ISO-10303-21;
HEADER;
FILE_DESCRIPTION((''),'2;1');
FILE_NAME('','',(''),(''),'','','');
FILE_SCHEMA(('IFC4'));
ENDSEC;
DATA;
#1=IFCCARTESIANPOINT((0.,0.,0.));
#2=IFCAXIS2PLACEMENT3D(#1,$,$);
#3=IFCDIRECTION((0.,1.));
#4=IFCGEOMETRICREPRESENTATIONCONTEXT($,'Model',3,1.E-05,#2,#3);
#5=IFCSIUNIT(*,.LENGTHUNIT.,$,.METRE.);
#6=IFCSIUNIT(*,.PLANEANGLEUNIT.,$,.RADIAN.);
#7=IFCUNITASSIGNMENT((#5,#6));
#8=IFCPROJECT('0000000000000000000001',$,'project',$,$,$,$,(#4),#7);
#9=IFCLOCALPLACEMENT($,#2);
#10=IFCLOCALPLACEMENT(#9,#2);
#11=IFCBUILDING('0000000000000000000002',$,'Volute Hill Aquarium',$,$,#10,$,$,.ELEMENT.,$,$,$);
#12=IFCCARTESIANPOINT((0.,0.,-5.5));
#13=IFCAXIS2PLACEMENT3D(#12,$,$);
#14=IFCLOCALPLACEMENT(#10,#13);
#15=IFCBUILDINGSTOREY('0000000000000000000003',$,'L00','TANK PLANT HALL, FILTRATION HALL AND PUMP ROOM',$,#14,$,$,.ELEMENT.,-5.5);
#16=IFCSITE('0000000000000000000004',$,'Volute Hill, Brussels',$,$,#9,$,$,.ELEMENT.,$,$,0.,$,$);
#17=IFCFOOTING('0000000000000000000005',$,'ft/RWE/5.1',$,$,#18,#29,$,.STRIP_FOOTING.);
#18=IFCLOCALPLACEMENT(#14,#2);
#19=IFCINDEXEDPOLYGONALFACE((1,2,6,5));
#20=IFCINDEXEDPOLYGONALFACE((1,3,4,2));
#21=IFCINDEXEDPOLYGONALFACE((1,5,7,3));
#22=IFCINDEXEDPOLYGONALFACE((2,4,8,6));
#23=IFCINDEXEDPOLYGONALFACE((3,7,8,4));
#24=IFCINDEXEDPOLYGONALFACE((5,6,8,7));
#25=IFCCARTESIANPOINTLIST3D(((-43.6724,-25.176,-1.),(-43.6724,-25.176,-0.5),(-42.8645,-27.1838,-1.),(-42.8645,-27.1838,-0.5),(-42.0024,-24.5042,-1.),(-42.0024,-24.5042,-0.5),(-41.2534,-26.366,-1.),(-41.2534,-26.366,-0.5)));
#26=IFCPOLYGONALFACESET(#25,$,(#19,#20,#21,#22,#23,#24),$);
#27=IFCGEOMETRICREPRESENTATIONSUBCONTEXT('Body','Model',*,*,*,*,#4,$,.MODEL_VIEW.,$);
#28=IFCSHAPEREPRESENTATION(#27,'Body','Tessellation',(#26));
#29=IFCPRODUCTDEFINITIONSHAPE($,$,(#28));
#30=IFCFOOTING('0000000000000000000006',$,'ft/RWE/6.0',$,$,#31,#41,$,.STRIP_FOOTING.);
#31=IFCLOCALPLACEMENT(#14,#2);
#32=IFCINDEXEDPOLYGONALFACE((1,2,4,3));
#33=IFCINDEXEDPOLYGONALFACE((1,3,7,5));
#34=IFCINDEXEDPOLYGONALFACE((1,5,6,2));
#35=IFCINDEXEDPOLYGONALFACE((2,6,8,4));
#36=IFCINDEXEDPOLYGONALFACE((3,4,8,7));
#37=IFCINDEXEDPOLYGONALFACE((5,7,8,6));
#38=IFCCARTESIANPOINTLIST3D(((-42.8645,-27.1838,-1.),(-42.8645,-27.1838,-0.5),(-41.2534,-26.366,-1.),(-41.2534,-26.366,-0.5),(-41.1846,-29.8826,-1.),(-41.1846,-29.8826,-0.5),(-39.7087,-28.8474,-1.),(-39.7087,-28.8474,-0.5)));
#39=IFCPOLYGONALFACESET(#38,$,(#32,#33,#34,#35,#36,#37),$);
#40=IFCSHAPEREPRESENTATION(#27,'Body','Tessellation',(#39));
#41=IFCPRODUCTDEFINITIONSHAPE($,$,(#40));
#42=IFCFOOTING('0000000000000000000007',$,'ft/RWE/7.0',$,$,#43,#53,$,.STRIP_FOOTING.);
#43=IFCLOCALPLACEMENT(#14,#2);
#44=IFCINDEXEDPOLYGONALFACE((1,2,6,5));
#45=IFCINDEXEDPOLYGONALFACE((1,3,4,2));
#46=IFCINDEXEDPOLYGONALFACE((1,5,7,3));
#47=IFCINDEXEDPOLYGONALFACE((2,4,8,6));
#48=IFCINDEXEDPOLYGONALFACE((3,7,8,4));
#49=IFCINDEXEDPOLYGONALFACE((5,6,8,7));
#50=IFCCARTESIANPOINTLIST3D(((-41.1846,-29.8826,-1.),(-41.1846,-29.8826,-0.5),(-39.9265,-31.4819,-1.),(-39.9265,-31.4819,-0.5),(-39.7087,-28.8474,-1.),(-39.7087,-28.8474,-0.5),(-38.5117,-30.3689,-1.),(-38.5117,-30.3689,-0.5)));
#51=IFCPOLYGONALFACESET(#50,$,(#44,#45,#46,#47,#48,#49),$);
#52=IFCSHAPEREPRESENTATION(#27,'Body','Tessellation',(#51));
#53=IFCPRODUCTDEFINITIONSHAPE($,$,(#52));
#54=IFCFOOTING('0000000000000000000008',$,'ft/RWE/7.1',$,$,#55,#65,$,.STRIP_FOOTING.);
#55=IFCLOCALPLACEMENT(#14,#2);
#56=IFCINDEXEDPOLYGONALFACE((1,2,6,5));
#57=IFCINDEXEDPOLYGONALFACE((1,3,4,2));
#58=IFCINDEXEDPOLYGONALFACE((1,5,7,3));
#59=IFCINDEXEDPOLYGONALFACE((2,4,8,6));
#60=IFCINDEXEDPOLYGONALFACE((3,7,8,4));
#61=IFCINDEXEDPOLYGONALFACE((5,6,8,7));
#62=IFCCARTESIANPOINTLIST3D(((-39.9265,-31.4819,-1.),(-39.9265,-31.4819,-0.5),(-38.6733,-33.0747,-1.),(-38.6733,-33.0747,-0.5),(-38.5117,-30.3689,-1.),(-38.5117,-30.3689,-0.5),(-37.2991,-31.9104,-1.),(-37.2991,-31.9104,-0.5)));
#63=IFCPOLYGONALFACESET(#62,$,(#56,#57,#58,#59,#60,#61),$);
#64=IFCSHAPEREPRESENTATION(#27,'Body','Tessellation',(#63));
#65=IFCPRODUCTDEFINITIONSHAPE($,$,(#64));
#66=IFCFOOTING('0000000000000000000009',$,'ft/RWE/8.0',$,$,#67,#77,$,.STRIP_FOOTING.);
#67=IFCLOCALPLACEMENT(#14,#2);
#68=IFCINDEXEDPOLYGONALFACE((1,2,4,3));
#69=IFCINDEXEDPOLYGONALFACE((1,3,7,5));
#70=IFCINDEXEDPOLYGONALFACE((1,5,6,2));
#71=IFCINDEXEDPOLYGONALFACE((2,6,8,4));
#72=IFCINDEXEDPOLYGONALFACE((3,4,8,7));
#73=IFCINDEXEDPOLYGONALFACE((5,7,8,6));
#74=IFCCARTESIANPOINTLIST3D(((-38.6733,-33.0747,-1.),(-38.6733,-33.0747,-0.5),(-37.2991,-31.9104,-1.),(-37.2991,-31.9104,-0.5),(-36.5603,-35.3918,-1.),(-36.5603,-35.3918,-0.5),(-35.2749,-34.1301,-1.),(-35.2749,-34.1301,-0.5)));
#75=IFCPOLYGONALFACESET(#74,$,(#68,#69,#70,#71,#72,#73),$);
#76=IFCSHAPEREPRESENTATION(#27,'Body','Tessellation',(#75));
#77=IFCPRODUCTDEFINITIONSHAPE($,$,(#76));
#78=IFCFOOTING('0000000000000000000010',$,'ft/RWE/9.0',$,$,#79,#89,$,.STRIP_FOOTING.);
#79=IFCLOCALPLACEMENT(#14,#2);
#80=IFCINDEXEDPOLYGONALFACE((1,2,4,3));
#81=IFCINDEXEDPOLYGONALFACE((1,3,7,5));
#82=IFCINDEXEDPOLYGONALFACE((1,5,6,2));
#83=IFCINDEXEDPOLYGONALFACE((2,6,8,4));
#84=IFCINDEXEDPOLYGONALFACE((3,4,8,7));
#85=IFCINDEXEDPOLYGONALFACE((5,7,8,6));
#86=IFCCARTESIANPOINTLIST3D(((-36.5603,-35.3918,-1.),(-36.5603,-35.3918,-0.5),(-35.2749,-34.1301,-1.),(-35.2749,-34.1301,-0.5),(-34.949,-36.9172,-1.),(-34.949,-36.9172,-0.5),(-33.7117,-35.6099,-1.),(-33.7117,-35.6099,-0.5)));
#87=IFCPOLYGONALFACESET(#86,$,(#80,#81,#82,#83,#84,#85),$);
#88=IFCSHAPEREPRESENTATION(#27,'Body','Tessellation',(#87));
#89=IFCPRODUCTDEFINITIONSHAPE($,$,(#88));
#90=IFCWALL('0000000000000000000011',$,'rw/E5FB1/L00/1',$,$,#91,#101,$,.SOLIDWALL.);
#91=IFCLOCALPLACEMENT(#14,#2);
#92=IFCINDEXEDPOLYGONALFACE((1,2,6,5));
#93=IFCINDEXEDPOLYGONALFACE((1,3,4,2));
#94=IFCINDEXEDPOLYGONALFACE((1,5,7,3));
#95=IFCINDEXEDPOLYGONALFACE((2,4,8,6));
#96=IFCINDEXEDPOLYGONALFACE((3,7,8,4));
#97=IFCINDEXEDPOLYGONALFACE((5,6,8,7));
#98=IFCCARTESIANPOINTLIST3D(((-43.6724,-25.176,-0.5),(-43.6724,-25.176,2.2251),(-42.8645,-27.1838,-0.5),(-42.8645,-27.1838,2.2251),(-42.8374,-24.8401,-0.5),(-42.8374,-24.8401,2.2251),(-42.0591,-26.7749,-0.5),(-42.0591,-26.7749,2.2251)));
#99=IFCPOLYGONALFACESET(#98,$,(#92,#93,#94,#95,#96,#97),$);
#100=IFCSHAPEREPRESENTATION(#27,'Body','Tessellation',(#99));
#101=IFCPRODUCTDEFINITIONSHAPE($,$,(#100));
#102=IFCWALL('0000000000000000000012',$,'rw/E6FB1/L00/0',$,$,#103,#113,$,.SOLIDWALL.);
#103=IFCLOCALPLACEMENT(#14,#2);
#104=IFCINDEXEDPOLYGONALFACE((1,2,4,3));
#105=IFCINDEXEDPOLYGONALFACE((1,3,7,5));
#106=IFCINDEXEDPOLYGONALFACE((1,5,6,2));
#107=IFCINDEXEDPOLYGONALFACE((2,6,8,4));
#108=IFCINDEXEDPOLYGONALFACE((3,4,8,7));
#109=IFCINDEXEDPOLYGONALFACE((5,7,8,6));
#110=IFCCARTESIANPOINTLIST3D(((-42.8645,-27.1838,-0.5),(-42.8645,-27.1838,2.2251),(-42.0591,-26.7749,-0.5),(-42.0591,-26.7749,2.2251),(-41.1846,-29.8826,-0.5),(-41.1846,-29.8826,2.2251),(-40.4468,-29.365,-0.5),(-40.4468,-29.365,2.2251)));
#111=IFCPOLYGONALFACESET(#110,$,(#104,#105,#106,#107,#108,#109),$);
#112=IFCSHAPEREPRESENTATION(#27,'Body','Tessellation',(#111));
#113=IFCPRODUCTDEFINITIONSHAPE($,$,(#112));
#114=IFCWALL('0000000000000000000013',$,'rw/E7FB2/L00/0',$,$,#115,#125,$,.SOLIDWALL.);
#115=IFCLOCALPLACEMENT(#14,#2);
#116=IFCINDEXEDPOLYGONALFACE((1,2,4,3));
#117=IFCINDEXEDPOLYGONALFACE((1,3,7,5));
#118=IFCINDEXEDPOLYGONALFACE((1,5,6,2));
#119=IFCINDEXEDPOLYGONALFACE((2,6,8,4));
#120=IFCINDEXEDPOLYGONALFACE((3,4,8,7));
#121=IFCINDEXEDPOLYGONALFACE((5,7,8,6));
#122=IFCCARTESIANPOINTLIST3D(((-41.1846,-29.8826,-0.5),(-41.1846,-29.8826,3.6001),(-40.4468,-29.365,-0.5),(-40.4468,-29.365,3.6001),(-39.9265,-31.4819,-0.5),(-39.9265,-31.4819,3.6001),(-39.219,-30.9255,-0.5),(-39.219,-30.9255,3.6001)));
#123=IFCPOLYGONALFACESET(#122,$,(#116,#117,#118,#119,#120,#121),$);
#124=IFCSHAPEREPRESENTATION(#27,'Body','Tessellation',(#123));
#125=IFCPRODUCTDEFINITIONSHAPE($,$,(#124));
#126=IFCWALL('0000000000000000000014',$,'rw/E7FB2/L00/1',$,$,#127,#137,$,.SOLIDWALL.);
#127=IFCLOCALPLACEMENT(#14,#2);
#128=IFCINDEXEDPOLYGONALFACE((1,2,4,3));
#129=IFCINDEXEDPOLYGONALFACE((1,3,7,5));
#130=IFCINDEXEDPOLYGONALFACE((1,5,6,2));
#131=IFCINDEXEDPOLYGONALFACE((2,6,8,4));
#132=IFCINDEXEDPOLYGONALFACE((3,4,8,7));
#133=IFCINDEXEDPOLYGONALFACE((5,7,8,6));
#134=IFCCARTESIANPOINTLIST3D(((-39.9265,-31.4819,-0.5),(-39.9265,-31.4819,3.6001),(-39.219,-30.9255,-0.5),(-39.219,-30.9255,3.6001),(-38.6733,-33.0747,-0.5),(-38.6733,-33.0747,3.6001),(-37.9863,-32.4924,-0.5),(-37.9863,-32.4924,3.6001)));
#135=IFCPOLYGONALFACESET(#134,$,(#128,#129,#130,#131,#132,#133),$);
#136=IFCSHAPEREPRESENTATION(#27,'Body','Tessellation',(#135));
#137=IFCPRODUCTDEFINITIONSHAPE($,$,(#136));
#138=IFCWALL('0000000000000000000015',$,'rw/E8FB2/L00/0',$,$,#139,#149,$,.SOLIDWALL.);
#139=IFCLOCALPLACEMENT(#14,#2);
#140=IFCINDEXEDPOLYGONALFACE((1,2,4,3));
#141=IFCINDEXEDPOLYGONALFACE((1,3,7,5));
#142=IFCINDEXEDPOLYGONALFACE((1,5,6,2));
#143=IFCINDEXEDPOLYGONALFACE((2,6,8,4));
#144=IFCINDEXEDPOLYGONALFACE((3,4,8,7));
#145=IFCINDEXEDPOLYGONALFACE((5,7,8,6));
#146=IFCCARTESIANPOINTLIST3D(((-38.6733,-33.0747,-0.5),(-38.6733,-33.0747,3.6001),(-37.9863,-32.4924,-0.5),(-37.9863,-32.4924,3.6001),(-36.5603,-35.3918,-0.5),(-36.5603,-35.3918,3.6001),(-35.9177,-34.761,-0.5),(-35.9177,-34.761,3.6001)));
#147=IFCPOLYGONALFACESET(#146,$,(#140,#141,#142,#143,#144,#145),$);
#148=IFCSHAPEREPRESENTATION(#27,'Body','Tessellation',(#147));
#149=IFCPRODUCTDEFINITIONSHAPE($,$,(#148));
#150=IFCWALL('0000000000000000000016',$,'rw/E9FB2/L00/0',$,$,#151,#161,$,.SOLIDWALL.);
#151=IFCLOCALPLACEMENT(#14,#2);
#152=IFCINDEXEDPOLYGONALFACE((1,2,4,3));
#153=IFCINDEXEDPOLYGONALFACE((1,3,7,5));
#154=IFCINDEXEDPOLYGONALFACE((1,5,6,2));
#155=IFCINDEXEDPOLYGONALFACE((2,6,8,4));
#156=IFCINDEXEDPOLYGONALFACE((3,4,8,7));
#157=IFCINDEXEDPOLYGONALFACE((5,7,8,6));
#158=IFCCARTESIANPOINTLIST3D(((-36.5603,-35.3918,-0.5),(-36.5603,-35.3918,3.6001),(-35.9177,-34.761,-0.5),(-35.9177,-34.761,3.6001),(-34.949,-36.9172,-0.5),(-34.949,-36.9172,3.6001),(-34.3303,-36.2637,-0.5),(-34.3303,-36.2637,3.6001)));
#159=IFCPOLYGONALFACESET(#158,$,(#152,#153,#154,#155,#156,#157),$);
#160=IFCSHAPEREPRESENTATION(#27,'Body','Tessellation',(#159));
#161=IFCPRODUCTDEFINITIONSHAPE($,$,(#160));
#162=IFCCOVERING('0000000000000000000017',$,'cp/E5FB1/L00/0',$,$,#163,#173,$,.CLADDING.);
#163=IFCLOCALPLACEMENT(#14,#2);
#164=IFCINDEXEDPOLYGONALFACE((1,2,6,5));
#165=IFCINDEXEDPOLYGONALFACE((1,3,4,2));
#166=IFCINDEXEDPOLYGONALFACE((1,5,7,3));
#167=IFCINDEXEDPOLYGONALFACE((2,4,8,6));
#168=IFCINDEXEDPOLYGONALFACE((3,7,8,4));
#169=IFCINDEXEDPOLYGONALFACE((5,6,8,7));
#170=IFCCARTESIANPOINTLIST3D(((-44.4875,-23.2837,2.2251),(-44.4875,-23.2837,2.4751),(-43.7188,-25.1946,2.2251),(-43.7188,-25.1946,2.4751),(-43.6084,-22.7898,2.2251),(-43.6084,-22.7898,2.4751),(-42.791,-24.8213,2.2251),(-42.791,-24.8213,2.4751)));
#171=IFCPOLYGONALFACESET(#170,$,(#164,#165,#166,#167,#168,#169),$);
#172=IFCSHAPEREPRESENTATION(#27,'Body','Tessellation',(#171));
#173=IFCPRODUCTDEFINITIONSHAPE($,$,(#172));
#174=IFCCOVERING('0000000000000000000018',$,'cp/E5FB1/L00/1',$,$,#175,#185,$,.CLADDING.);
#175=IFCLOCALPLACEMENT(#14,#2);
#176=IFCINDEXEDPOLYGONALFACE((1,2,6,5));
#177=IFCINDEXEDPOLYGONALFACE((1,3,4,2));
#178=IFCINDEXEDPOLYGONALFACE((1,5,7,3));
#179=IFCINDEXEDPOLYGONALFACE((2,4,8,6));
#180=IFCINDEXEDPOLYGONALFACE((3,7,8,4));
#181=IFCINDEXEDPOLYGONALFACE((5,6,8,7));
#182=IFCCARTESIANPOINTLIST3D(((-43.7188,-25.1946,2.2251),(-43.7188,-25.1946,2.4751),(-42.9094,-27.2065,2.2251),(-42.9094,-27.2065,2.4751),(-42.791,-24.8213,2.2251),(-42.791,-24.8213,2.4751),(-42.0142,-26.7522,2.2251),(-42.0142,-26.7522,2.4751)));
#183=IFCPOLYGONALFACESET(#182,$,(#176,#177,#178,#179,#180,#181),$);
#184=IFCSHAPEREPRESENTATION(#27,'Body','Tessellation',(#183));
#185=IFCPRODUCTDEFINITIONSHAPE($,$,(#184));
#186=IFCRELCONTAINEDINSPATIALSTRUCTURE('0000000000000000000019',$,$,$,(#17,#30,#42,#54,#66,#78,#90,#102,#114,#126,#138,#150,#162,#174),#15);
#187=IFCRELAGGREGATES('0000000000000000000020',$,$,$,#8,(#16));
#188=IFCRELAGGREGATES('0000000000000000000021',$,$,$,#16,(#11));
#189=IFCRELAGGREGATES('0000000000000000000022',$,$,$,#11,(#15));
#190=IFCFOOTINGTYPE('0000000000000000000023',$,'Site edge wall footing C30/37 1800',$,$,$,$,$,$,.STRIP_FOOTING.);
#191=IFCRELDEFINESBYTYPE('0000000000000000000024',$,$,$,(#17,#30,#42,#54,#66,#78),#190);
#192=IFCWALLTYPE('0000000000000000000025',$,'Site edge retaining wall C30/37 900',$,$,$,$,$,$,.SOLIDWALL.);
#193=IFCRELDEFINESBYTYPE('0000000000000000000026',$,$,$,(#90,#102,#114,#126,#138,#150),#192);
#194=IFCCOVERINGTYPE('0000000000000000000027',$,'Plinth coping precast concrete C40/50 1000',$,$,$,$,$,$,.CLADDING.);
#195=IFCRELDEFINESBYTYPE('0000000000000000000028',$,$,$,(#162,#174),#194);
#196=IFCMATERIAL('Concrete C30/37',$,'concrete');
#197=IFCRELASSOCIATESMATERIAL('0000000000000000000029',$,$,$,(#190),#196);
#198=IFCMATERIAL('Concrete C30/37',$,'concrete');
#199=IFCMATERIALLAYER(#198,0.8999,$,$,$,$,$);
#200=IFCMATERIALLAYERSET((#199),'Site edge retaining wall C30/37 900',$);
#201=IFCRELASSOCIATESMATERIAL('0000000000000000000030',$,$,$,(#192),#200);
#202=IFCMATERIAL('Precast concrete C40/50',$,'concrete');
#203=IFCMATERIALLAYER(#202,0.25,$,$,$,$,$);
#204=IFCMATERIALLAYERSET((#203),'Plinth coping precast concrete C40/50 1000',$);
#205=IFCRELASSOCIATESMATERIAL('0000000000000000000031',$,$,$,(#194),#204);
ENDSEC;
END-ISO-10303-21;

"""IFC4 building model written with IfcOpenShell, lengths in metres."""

from ifc_helpers import new_model, si_unit, direction, frame, origin, place, context, subcontext, project, spatial, polyline, outline, extrude, material, layer, layer_set, type_object, element, save


model = new_model("IFC4")

# Units and contexts
model_context = context("Model", 3, precision=1e-05, world=origin(), true_north=direction((0.0, 1.0)))
body_context = subcontext(model_context, "Body", "Model", "MODEL_VIEW")
ifc_project = project(units=[si_unit("LENGTHUNIT", "METRE"), si_unit("PLANEANGLEUNIT", "RADIAN")], contexts=[model_context])

# Site, building, storey
site_placement = place(None, origin())
site = spatial("IfcSite", under=ifc_project, at=site_placement, Name="Volute Hill, Brussels", CompositionType="ELEMENT", RefElevation=0.0)
building_placement = place(site_placement, origin())
building = spatial("IfcBuilding", under=site, at=building_placement, Name="Volute Hill Aquarium", CompositionType="ELEMENT")
storey_placement = place(building_placement, frame((0.0, 0.0, -5.5)))
storey = spatial("IfcBuildingStorey", under=building, at=storey_placement, Name="L00", Description="TANK PLANT HALL, FILTRATION HALL AND PUMP ROOM", CompositionType="ELEMENT", Elevation=-5.5)

# Footings
ifc_material_1 = material(Name="Concrete C30/37", Category="concrete")
footing_type = type_object("IfcFootingType", Name="Site edge wall footing C30/37 1800", PredefinedType="STRIP_FOOTING", material=ifc_material_1)
footing_1_placement = place(storey_placement, frame((0.0, 0.0, -1.0)))
element("IfcFooting", 1, at=footing_1_placement, inside=storey, type_object=footing_type, Name="ft/RWE/5.1", PredefinedType="STRIP_FOOTING", context=body_context, shape_type="SweptSolid", body=[
    extrude(outline(polyline([(-43.6724, -25.176), (-42.8645, -27.1838), (-41.2534, -26.366), (-42.0024, -24.5042), (-43.6724, -25.176)])), origin(), (0.0, 0.0, 1.0), 0.5),
])
footing_2_placement = place(storey_placement, frame((0.0, 0.0, -1.0)))
element("IfcFooting", 2, at=footing_2_placement, inside=storey, type_object=footing_type, Name="ft/RWE/6.0", PredefinedType="STRIP_FOOTING", context=body_context, shape_type="SweptSolid", body=[
    extrude(outline(polyline([(-41.1846, -29.8826), (-41.1846, -29.8826), (-39.7087, -28.8474), (-39.7087, -28.8474), (-41.2534, -26.366), (-41.2534, -26.366), (-42.8645, -27.1838), (-42.8645, -27.1838), (-41.1846, -29.8826)])), origin(), (0.0, 0.0, 1.0), 0.5),
])
footing_3_placement = place(storey_placement, frame((0.0, 0.0, -1.0)))
element("IfcFooting", 3, at=footing_3_placement, inside=storey, type_object=footing_type, Name="ft/RWE/7.0", PredefinedType="STRIP_FOOTING", context=body_context, shape_type="SweptSolid", body=[
    extrude(outline(polyline([(-41.1846, -29.8826), (-39.9265, -31.4819), (-38.5117, -30.3689), (-39.7087, -28.8474), (-41.1846, -29.8826)])), origin(), (0.0, 0.0, 1.0), 0.5),
])
footing_4_placement = place(storey_placement, frame((0.0, 0.0, -1.0)))
element("IfcFooting", 4, at=footing_4_placement, inside=storey, type_object=footing_type, Name="ft/RWE/7.1", PredefinedType="STRIP_FOOTING", context=body_context, shape_type="SweptSolid", body=[
    extrude(outline(polyline([(-38.6733, -33.0747), (-38.6733, -33.0747), (-37.2991, -31.9104), (-37.2991, -31.9104), (-38.5117, -30.3689), (-39.9265, -31.4819), (-38.6733, -33.0747)])), origin(), (0.0, 0.0, 1.0), 0.5),
])
footing_5_placement = place(storey_placement, frame((0.0, 0.0, -1.0)))
element("IfcFooting", 5, at=footing_5_placement, inside=storey, type_object=footing_type, Name="ft/RWE/8.0", PredefinedType="STRIP_FOOTING", context=body_context, shape_type="SweptSolid", body=[
    extrude(outline(polyline([(-38.6733, -33.0747), (-36.5603, -35.3918), (-35.2749, -34.1301), (-37.2991, -31.9104), (-38.6733, -33.0747)])), origin(), (0.0, 0.0, 1.0), 0.5),
])
footing_6_placement = place(storey_placement, frame((0.0, 0.0, -1.0)))
element("IfcFooting", 6, at=footing_6_placement, inside=storey, type_object=footing_type, Name="ft/RWE/9.0", PredefinedType="STRIP_FOOTING", context=body_context, shape_type="SweptSolid", body=[
    extrude(outline(polyline([(-36.5603, -35.3918), (-34.949, -36.9172), (-33.7117, -35.6099), (-35.2749, -34.1301), (-35.2749, -34.1301), (-36.5603, -35.3918), (-36.5603, -35.3918)])), origin(), (0.0, 0.0, 1.0), 0.5),
])

# Walls
ifc_material_2 = material(Name="Concrete C30/37", Category="concrete")
ifc_layer_1 = layer(ifc_material_2, 0.8999)
ifc_layer_set_1 = layer_set([ifc_layer_1], Name="Site edge retaining wall C30/37 900")
wall_type = type_object("IfcWallType", Name="Site edge retaining wall C30/37 900", PredefinedType="SOLIDWALL", material=ifc_layer_set_1)
wall_1_placement = place(storey_placement, frame((0.0, 0.0, -0.5)))
element("IfcWall", 7, at=wall_1_placement, inside=storey, type_object=wall_type, Name="rw/E5FB1/L00/1", PredefinedType="SOLIDWALL", context=body_context, shape_type="SweptSolid", body=[
    extrude(outline(polyline([(-43.6724, -25.176), (-42.8645, -27.1838), (-42.0591, -26.7749), (-42.8374, -24.8401), (-43.6724, -25.176)])), origin(), (0.0, 0.0, 1.0), 2.7251),
])
wall_2_placement = place(storey_placement, frame((0.0, 0.0, -0.5)))
element("IfcWall", 8, at=wall_2_placement, inside=storey, type_object=wall_type, Name="rw/E6FB1/L00/0", PredefinedType="SOLIDWALL", context=body_context, shape_type="SweptSolid", body=[
    extrude(outline(polyline([(-41.1846, -29.8826), (-41.1846, -29.8826), (-40.4468, -29.365), (-42.0591, -26.7749), (-42.0591, -26.7749), (-42.8645, -27.1838), (-42.8645, -27.1838), (-41.1846, -29.8826)])), origin(), (0.0, 0.0, 1.0), 2.7251),
])
wall_3_placement = place(storey_placement, frame((0.0, 0.0, -0.5)))
element("IfcWall", 9, at=wall_3_placement, inside=storey, type_object=wall_type, Name="rw/E7FB2/L00/0", PredefinedType="SOLIDWALL", context=body_context, shape_type="SweptSolid", body=[
    extrude(outline(polyline([(-41.1846, -29.8826), (-39.9265, -31.4819), (-39.219, -30.9255), (-40.4468, -29.365), (-40.4468, -29.365), (-41.1846, -29.8826)])), origin(), (0.0, 0.0, 1.0), 4.1001),
])
wall_4_placement = place(storey_placement, frame((0.0, 0.0, -0.5)))
element("IfcWall", 10, at=wall_4_placement, inside=storey, type_object=wall_type, Name="rw/E7FB2/L00/1", PredefinedType="SOLIDWALL", context=body_context, shape_type="SweptSolid", body=[
    extrude(outline(polyline([(-38.6733, -33.0747), (-38.6733, -33.0747), (-37.9863, -32.4924), (-39.219, -30.9255), (-39.9265, -31.4819), (-38.6733, -33.0747)])), origin(), (0.0, 0.0, 1.0), 4.1001),
])
wall_5_placement = place(storey_placement, frame((0.0, 0.0, -0.5)))
element("IfcWall", 11, at=wall_5_placement, inside=storey, type_object=wall_type, Name="rw/E8FB2/L00/0", PredefinedType="SOLIDWALL", context=body_context, shape_type="SweptSolid", body=[
    extrude(outline(polyline([(-38.6733, -33.0747), (-36.5603, -35.3918), (-35.9177, -34.761), (-35.9177, -34.761), (-37.9863, -32.4924), (-38.6733, -33.0747)])), origin(), (0.0, 0.0, 1.0), 4.1001),
])
wall_6_placement = place(storey_placement, frame((0.0, 0.0, -0.5)))
element("IfcWall", 12, at=wall_6_placement, inside=storey, type_object=wall_type, Name="rw/E9FB2/L00/0", PredefinedType="SOLIDWALL", context=body_context, shape_type="SweptSolid", body=[
    extrude(outline(polyline([(-36.5603, -35.3918), (-34.949, -36.9172), (-34.3303, -36.2637), (-35.9177, -34.761), (-36.5603, -35.3918), (-36.5603, -35.3918)])), origin(), (0.0, 0.0, 1.0), 4.1001),
])

# Coverings
ifc_material_3 = material(Name="Precast concrete C40/50", Category="concrete")
ifc_layer_2 = layer(ifc_material_3, 0.25)
ifc_layer_set_2 = layer_set([ifc_layer_2], Name="Plinth coping precast concrete C40/50 1000")
covering_type_1 = type_object("IfcCoveringType", Name="Plinth coping precast concrete C40/50 1000", PredefinedType="CLADDING", material=ifc_layer_set_2)
covering_1_placement = place(storey_placement, frame((0.0, 0.0, 2.2251)))
element("IfcCovering", 13, at=covering_1_placement, inside=storey, type_object=covering_type_1, Name="cp/E5FB1/L00/0", PredefinedType="CLADDING", context=body_context, shape_type="SweptSolid", body=[
    extrude(outline(polyline([(-44.4875, -23.2837), (-43.7188, -25.1946), (-42.791, -24.8213), (-43.6084, -22.7898), (-44.4875, -23.2837)])), origin(), (0.0, 0.0, 1.0), 0.25),
])
covering_2_placement = place(storey_placement, frame((0.0, 0.0, 2.2251)))
element("IfcCovering", 14, at=covering_2_placement, inside=storey, type_object=covering_type_1, Name="cp/E5FB1/L00/1", PredefinedType="CLADDING", context=body_context, shape_type="SweptSolid", body=[
    extrude(outline(polyline([(-43.7188, -25.1946), (-42.9094, -27.2065), (-42.0142, -26.7522), (-42.791, -24.8213), (-43.7188, -25.1946)])), origin(), (0.0, 0.0, 1.0), 0.25),
])

save(model, "model.ifc")
